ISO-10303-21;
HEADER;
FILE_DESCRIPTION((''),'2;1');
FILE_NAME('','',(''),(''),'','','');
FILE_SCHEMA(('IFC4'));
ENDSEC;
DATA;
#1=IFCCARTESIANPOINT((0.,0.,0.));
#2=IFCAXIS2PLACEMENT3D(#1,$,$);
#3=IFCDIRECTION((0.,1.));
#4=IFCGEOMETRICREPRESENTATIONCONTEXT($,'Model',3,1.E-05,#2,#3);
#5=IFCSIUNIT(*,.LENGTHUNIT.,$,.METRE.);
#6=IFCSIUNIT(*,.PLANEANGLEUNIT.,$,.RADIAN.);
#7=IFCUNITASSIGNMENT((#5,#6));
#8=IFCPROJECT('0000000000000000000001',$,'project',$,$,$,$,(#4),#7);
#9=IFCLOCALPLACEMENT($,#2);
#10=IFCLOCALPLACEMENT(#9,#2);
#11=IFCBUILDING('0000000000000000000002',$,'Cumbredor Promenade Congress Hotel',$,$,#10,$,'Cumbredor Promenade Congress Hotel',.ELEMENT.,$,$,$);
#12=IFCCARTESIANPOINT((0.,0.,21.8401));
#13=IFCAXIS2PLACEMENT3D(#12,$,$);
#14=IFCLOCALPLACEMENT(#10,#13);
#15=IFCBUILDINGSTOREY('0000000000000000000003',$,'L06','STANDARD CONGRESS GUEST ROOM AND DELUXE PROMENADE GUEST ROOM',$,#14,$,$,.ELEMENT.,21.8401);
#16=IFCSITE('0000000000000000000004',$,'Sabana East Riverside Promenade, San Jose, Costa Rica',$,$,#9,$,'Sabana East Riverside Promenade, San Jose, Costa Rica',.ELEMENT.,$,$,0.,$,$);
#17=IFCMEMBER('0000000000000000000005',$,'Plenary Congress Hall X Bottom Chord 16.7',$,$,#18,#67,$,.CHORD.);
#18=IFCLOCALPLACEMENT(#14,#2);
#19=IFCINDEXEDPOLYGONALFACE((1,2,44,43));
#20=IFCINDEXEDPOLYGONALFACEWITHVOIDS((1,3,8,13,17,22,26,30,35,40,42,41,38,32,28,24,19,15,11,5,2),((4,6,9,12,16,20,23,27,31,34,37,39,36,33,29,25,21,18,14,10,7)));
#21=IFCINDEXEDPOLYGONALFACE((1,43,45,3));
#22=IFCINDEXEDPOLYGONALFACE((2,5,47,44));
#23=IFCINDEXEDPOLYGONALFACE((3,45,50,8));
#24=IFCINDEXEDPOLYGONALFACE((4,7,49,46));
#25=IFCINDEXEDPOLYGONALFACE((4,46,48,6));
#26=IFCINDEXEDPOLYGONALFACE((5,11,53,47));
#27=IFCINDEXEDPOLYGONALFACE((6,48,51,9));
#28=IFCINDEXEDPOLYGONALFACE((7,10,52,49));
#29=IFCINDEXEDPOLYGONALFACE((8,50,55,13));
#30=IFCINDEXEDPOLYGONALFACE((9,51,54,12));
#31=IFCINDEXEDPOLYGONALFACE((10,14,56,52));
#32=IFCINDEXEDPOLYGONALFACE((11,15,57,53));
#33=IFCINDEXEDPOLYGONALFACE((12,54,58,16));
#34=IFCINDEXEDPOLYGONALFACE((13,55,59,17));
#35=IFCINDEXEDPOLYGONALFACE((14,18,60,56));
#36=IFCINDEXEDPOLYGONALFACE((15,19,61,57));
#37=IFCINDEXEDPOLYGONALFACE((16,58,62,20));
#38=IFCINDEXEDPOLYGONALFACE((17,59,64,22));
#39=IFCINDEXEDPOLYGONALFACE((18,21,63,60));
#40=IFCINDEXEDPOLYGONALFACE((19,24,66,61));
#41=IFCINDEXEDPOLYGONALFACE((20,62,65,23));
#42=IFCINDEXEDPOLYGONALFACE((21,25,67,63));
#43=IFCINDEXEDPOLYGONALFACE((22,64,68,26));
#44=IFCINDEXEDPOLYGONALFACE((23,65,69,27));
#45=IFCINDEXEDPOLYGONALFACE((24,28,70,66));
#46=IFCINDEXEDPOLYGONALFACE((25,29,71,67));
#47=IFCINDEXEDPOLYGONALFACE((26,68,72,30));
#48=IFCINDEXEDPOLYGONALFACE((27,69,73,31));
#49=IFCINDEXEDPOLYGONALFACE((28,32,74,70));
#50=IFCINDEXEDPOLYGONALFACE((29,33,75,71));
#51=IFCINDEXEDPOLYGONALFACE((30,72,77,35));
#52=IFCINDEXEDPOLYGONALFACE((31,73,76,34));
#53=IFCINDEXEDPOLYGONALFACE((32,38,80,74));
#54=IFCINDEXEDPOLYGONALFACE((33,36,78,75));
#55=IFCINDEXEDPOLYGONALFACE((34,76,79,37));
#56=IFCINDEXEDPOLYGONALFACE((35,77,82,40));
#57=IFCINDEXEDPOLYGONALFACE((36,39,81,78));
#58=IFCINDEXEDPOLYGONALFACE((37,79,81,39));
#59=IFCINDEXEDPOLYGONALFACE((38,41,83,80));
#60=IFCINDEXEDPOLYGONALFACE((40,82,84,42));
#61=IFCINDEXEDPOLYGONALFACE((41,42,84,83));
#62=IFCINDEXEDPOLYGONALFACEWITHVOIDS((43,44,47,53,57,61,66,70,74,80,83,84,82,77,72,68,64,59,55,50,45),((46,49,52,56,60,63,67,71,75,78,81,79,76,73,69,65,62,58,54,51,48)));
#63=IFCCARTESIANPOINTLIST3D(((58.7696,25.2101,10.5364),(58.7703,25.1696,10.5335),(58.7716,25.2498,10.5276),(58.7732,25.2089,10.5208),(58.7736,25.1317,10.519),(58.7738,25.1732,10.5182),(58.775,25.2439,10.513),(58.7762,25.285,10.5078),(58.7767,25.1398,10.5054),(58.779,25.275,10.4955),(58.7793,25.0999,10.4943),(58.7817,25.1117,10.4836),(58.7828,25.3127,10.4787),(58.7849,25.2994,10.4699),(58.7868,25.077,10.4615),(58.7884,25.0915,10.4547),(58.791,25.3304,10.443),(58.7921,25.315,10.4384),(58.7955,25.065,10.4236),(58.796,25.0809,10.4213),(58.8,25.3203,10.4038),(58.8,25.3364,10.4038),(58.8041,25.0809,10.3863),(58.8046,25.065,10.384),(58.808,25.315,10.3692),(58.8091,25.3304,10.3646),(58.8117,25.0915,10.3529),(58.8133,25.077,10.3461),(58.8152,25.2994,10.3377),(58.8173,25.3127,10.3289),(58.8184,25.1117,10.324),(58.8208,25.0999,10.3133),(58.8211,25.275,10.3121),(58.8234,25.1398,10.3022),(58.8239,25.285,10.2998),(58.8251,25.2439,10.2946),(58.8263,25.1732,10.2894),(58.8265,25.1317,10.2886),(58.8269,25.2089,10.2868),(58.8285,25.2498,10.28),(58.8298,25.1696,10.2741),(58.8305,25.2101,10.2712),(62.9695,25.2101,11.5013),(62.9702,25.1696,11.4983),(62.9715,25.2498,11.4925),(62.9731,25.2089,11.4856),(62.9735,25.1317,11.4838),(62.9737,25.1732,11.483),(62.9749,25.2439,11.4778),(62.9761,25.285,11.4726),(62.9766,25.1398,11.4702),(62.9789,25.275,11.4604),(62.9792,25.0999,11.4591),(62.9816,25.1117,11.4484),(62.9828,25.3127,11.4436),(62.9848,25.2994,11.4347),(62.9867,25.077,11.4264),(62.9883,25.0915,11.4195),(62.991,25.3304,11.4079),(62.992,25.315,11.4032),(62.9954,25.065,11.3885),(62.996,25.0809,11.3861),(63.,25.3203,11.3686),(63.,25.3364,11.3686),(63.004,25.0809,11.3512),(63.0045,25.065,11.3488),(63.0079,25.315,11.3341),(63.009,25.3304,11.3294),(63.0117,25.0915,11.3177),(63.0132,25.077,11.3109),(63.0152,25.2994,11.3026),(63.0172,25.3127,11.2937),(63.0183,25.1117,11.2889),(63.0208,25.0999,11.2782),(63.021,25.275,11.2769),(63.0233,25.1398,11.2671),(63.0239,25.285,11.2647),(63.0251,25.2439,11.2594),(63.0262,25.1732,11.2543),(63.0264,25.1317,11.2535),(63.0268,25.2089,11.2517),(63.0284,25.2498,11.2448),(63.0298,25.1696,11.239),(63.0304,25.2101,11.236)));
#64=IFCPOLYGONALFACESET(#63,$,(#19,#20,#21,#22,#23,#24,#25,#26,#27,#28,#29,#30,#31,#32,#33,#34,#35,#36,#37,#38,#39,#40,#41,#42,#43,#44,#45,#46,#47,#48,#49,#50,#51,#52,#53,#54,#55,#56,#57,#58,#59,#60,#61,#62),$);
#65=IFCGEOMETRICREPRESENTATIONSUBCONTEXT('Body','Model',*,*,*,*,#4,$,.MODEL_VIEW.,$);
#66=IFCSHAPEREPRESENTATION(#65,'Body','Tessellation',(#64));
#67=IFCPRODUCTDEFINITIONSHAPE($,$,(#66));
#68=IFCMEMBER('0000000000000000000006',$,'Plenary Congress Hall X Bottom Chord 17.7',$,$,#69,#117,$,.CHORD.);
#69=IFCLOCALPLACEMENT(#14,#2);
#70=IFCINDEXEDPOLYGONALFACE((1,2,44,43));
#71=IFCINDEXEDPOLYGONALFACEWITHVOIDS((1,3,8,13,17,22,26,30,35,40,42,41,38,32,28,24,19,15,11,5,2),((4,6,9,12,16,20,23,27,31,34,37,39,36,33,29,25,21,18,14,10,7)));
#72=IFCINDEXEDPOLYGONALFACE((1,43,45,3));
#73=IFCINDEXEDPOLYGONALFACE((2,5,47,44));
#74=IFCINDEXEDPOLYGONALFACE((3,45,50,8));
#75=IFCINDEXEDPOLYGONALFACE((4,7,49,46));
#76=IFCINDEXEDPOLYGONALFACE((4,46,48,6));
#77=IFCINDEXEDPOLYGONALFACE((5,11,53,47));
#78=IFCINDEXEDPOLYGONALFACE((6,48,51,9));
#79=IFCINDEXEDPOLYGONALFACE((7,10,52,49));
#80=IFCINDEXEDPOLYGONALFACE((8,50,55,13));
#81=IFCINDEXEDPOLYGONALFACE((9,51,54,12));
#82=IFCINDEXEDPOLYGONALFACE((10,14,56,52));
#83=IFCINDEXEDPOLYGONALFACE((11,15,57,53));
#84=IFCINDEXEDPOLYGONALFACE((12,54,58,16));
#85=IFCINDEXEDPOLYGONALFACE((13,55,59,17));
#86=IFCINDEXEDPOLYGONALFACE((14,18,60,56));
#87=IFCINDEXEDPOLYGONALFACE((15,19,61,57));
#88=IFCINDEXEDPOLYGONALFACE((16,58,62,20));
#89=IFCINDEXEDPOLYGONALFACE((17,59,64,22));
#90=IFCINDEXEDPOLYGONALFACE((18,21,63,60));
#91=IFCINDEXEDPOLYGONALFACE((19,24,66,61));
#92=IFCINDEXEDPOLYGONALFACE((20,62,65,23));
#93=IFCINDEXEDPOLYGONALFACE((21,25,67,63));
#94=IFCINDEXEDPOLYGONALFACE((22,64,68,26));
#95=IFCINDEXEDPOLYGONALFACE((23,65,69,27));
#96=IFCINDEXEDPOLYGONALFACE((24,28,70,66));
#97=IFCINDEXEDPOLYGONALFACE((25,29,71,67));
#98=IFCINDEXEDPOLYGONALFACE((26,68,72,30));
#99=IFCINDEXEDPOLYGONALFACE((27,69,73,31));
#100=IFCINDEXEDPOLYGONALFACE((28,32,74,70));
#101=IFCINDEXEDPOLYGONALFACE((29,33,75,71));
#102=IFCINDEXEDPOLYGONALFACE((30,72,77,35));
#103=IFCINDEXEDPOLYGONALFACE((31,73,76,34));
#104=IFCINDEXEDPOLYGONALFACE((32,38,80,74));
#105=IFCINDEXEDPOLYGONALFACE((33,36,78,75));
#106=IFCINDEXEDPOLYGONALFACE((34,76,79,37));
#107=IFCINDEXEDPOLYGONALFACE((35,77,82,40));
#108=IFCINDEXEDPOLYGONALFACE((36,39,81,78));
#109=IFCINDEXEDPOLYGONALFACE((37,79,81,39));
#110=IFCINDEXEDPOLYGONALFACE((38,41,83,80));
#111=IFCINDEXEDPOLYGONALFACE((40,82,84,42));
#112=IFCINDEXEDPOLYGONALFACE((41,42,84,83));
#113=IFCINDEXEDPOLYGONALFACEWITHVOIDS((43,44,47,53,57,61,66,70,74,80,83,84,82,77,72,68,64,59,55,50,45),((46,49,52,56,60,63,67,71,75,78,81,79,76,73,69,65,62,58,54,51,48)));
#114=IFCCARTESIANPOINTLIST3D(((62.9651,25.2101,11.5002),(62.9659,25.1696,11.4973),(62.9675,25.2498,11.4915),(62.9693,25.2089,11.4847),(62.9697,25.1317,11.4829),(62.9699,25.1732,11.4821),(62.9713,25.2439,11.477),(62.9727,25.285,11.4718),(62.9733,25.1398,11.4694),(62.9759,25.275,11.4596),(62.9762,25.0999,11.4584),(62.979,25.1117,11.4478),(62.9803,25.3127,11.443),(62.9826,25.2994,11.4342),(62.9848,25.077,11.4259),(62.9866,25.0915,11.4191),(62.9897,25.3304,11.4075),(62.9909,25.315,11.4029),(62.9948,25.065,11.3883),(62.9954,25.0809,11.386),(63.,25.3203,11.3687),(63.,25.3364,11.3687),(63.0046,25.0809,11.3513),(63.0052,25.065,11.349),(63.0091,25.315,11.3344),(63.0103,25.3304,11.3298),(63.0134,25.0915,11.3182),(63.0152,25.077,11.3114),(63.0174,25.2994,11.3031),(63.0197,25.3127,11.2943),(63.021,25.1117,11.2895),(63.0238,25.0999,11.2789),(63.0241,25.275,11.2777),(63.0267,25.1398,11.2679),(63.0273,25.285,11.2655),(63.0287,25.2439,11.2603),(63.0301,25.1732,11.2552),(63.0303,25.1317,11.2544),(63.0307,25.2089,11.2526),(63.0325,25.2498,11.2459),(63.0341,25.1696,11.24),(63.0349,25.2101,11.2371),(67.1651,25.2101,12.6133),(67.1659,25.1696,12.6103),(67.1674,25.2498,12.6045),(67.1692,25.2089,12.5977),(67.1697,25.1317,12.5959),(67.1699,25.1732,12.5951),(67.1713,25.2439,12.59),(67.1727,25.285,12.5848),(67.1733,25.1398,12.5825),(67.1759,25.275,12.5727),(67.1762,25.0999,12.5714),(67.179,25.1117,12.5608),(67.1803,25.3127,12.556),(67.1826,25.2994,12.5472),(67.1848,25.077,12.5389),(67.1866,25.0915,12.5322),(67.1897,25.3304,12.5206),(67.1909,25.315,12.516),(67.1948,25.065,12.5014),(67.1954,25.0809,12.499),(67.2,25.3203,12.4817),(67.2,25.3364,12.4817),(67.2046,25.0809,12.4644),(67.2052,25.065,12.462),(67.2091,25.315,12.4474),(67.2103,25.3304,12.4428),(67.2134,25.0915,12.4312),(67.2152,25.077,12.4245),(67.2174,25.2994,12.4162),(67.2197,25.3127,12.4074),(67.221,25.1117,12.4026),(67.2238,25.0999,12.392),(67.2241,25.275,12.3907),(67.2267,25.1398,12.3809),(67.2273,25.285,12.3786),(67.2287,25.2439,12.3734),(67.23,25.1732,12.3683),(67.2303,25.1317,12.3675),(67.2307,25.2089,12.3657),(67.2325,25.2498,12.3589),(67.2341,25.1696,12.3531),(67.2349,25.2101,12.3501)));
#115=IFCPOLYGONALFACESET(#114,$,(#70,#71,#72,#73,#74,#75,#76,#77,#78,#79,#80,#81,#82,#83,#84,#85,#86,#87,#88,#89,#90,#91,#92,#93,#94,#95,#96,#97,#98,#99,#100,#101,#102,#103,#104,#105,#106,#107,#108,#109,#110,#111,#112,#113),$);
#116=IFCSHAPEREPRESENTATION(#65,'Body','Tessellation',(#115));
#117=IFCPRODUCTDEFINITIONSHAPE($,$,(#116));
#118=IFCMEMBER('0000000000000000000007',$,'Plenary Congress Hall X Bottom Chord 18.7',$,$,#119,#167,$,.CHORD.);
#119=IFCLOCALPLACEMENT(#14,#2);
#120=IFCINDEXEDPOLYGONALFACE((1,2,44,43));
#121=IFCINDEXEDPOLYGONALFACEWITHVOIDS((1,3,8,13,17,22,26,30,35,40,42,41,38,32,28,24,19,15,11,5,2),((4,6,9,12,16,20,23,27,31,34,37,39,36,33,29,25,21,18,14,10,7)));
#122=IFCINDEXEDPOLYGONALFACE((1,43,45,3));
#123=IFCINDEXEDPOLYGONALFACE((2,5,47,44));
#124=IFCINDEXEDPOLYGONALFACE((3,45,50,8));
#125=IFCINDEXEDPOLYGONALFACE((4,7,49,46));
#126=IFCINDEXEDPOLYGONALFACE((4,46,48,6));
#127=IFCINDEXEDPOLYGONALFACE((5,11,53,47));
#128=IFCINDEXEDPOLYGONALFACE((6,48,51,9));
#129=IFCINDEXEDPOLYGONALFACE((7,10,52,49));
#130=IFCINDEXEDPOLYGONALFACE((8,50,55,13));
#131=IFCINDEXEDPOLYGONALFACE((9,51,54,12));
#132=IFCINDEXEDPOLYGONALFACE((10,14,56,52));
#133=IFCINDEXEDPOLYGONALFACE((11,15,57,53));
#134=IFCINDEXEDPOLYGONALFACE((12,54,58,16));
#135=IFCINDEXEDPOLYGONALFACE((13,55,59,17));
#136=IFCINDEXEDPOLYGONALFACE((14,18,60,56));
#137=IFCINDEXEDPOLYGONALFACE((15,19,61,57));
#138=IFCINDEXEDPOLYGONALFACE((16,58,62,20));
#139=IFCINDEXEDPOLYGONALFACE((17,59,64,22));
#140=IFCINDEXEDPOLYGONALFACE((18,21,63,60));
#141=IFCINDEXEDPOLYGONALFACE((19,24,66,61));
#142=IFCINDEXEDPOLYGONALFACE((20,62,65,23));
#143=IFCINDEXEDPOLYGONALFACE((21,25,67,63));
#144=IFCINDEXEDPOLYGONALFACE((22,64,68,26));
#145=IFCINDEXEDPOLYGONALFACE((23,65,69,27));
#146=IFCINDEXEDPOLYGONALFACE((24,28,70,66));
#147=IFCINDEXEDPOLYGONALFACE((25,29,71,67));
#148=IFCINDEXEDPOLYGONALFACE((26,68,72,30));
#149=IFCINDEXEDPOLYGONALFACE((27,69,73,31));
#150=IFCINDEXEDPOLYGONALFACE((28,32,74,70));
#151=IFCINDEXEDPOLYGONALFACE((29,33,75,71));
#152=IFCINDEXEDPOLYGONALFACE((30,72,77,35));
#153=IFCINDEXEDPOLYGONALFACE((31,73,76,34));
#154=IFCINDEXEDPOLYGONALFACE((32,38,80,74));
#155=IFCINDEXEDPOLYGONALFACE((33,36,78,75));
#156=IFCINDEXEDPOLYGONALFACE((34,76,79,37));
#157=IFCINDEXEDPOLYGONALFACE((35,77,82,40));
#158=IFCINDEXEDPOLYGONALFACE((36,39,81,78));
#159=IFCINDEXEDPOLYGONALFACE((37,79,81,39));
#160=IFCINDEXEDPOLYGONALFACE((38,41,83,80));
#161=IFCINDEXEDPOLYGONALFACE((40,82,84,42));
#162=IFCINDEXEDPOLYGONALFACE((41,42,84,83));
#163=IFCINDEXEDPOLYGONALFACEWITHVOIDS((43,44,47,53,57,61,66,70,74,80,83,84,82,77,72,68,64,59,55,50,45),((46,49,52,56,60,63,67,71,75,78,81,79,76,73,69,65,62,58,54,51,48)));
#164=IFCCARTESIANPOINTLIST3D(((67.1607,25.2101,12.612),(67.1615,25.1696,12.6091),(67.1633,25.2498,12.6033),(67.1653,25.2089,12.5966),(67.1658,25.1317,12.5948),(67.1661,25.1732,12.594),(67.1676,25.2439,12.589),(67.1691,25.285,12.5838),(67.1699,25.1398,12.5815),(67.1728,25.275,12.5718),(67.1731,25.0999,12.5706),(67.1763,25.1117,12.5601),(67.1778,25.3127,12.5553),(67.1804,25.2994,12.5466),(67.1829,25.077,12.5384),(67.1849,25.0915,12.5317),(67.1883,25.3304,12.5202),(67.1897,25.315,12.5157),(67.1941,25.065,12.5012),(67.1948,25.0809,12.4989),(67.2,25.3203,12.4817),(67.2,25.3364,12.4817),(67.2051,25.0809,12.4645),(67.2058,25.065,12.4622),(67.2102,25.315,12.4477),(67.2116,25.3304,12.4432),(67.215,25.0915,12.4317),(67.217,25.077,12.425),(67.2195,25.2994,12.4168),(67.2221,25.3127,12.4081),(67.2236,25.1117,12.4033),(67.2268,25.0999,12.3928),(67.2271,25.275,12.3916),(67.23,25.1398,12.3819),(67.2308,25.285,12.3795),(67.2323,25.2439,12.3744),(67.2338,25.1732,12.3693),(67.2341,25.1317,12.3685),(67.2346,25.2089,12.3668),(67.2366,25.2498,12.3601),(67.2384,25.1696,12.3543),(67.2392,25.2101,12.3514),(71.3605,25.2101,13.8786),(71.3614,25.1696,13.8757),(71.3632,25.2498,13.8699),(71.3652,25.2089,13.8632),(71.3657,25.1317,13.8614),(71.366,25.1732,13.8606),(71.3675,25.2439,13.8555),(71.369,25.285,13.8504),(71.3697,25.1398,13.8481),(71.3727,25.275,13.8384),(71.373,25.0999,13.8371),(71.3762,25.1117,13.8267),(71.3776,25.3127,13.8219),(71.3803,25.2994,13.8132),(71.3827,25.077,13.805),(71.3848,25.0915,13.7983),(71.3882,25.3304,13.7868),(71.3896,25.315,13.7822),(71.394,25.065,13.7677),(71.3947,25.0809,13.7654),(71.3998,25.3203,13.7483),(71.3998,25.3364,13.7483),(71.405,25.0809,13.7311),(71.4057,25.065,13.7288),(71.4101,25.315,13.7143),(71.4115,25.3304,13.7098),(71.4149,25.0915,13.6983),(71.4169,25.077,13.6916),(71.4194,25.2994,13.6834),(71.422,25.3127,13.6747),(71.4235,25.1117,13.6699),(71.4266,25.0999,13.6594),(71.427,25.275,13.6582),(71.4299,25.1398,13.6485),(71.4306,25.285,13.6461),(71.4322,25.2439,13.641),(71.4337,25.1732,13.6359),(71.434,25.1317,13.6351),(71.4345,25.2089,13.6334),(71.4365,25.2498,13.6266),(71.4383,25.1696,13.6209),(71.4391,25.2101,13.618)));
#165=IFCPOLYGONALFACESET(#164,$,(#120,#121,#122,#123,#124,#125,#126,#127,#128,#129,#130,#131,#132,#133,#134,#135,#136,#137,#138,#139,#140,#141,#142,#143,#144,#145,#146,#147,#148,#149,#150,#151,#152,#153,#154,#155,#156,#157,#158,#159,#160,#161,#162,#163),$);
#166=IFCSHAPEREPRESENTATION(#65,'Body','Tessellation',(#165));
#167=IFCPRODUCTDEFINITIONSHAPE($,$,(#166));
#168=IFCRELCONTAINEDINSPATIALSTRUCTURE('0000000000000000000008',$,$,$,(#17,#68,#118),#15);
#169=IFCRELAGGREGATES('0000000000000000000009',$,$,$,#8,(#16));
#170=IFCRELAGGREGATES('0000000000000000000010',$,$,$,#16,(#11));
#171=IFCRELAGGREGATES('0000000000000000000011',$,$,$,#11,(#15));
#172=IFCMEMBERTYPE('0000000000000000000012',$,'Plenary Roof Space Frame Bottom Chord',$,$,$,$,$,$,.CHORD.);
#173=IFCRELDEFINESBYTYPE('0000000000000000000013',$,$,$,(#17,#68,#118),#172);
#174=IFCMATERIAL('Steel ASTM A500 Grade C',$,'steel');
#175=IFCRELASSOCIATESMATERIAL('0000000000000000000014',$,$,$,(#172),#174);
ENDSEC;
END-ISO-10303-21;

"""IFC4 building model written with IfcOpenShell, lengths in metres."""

from ifc_helpers import new_model, si_unit, direction, frame, origin, origin_2d, place, context, subcontext, project, spatial, hollow_circle, extrude, material, material_profile, profile_set, type_object, element, save


model = new_model("IFC4")

# Units and contexts
model_context = context("Model", 3, precision=1e-05, world=origin(), true_north=direction((0.0, 1.0)))
body_context = subcontext(model_context, "Body", "Model", "MODEL_VIEW")
ifc_project = project(units=[si_unit("LENGTHUNIT", "METRE"), si_unit("PLANEANGLEUNIT", "RADIAN")], contexts=[model_context])

# Site, building, storey
site_placement = place(None, origin())
site = spatial("IfcSite", under=ifc_project, at=site_placement, Name="Sabana East Riverside Promenade, San Jose, Costa Rica", LongName="Sabana East Riverside Promenade, San Jose, Costa Rica", CompositionType="ELEMENT", RefElevation=0.0)
building_placement = place(site_placement, origin())
building = spatial("IfcBuilding", under=site, at=building_placement, Name="Cumbredor Promenade Congress Hotel", LongName="Cumbredor Promenade Congress Hotel", CompositionType="ELEMENT")
storey_placement = place(building_placement, frame((0.0, 0.0, 21.8401)))
storey = spatial("IfcBuildingStorey", under=building, at=storey_placement, Name="L06", Description="STANDARD CONGRESS GUEST ROOM AND DELUXE PROMENADE GUEST ROOM", CompositionType="ELEMENT", Elevation=21.8401)

# Members
ifc_material_1 = material(Name="Steel ASTM A500 Grade C", Category="steel")
ifc_material_profile_1 = material_profile(ifc_material_1, hollow_circle(Radius=0.1365, WallThickness=0.0161, at=origin_2d()), Name="CHS 273.0x16")
ifc_profile_set_1 = profile_set([ifc_material_profile_1], Name="Steel ASTM A500 Grade C")
member_type_1 = type_object("IfcMemberType", Name="Plenary Roof Space Frame Bottom Chord", PredefinedType="CHORD", material=ifc_profile_set_1)
member_1_placement = place(storey_placement, frame((58.8, 25.2, 10.4038), z_axis=(0.974613, 0.0, 0.223895), x_axis=(0.0, 1.0, 0.0)))
element("IfcMember", 1, at=member_1_placement, inside=storey, type_object=member_type_1, Name="Plenary Congress Hall X Bottom Chord 16.7", PredefinedType="CHORD", context=body_context, shape_type="SweptSolid", body=[
    extrude(hollow_circle(Radius=0.1365, WallThickness=0.0161, at=origin_2d()), origin(), (0.0, 0.0, 1.0), 4.3093),
])
member_2_placement = place(storey_placement, frame((63.0, 25.2, 11.3687), z_axis=(0.966632, 0.0, 0.256169), x_axis=(0.0, 1.0, 0.0)))
element("IfcMember", 2, at=member_2_placement, inside=storey, type_object=member_type_1, Name="Plenary Congress Hall X Bottom Chord 17.7", PredefinedType="CHORD", context=body_context, shape_type="SweptSolid", body=[
    extrude(hollow_circle(Radius=0.1365, WallThickness=0.0161, at=origin_2d()), origin(), (0.0, 0.0, 1.0), 4.345),
])
member_3_placement = place(storey_placement, frame((67.2, 25.2, 12.4817), z_axis=(0.95741, 0.0, 0.288731), x_axis=(0.0, 1.0, 0.0)))
element("IfcMember", 3, at=member_3_placement, inside=storey, type_object=member_type_1, Name="Plenary Congress Hall X Bottom Chord 18.7", PredefinedType="CHORD", context=body_context, shape_type="SweptSolid", body=[
    extrude(hollow_circle(Radius=0.1365, WallThickness=0.0161, at=origin_2d()), origin(), (0.0, 0.0, 1.0), 4.3867),
])

save(model, "model.ifc")
